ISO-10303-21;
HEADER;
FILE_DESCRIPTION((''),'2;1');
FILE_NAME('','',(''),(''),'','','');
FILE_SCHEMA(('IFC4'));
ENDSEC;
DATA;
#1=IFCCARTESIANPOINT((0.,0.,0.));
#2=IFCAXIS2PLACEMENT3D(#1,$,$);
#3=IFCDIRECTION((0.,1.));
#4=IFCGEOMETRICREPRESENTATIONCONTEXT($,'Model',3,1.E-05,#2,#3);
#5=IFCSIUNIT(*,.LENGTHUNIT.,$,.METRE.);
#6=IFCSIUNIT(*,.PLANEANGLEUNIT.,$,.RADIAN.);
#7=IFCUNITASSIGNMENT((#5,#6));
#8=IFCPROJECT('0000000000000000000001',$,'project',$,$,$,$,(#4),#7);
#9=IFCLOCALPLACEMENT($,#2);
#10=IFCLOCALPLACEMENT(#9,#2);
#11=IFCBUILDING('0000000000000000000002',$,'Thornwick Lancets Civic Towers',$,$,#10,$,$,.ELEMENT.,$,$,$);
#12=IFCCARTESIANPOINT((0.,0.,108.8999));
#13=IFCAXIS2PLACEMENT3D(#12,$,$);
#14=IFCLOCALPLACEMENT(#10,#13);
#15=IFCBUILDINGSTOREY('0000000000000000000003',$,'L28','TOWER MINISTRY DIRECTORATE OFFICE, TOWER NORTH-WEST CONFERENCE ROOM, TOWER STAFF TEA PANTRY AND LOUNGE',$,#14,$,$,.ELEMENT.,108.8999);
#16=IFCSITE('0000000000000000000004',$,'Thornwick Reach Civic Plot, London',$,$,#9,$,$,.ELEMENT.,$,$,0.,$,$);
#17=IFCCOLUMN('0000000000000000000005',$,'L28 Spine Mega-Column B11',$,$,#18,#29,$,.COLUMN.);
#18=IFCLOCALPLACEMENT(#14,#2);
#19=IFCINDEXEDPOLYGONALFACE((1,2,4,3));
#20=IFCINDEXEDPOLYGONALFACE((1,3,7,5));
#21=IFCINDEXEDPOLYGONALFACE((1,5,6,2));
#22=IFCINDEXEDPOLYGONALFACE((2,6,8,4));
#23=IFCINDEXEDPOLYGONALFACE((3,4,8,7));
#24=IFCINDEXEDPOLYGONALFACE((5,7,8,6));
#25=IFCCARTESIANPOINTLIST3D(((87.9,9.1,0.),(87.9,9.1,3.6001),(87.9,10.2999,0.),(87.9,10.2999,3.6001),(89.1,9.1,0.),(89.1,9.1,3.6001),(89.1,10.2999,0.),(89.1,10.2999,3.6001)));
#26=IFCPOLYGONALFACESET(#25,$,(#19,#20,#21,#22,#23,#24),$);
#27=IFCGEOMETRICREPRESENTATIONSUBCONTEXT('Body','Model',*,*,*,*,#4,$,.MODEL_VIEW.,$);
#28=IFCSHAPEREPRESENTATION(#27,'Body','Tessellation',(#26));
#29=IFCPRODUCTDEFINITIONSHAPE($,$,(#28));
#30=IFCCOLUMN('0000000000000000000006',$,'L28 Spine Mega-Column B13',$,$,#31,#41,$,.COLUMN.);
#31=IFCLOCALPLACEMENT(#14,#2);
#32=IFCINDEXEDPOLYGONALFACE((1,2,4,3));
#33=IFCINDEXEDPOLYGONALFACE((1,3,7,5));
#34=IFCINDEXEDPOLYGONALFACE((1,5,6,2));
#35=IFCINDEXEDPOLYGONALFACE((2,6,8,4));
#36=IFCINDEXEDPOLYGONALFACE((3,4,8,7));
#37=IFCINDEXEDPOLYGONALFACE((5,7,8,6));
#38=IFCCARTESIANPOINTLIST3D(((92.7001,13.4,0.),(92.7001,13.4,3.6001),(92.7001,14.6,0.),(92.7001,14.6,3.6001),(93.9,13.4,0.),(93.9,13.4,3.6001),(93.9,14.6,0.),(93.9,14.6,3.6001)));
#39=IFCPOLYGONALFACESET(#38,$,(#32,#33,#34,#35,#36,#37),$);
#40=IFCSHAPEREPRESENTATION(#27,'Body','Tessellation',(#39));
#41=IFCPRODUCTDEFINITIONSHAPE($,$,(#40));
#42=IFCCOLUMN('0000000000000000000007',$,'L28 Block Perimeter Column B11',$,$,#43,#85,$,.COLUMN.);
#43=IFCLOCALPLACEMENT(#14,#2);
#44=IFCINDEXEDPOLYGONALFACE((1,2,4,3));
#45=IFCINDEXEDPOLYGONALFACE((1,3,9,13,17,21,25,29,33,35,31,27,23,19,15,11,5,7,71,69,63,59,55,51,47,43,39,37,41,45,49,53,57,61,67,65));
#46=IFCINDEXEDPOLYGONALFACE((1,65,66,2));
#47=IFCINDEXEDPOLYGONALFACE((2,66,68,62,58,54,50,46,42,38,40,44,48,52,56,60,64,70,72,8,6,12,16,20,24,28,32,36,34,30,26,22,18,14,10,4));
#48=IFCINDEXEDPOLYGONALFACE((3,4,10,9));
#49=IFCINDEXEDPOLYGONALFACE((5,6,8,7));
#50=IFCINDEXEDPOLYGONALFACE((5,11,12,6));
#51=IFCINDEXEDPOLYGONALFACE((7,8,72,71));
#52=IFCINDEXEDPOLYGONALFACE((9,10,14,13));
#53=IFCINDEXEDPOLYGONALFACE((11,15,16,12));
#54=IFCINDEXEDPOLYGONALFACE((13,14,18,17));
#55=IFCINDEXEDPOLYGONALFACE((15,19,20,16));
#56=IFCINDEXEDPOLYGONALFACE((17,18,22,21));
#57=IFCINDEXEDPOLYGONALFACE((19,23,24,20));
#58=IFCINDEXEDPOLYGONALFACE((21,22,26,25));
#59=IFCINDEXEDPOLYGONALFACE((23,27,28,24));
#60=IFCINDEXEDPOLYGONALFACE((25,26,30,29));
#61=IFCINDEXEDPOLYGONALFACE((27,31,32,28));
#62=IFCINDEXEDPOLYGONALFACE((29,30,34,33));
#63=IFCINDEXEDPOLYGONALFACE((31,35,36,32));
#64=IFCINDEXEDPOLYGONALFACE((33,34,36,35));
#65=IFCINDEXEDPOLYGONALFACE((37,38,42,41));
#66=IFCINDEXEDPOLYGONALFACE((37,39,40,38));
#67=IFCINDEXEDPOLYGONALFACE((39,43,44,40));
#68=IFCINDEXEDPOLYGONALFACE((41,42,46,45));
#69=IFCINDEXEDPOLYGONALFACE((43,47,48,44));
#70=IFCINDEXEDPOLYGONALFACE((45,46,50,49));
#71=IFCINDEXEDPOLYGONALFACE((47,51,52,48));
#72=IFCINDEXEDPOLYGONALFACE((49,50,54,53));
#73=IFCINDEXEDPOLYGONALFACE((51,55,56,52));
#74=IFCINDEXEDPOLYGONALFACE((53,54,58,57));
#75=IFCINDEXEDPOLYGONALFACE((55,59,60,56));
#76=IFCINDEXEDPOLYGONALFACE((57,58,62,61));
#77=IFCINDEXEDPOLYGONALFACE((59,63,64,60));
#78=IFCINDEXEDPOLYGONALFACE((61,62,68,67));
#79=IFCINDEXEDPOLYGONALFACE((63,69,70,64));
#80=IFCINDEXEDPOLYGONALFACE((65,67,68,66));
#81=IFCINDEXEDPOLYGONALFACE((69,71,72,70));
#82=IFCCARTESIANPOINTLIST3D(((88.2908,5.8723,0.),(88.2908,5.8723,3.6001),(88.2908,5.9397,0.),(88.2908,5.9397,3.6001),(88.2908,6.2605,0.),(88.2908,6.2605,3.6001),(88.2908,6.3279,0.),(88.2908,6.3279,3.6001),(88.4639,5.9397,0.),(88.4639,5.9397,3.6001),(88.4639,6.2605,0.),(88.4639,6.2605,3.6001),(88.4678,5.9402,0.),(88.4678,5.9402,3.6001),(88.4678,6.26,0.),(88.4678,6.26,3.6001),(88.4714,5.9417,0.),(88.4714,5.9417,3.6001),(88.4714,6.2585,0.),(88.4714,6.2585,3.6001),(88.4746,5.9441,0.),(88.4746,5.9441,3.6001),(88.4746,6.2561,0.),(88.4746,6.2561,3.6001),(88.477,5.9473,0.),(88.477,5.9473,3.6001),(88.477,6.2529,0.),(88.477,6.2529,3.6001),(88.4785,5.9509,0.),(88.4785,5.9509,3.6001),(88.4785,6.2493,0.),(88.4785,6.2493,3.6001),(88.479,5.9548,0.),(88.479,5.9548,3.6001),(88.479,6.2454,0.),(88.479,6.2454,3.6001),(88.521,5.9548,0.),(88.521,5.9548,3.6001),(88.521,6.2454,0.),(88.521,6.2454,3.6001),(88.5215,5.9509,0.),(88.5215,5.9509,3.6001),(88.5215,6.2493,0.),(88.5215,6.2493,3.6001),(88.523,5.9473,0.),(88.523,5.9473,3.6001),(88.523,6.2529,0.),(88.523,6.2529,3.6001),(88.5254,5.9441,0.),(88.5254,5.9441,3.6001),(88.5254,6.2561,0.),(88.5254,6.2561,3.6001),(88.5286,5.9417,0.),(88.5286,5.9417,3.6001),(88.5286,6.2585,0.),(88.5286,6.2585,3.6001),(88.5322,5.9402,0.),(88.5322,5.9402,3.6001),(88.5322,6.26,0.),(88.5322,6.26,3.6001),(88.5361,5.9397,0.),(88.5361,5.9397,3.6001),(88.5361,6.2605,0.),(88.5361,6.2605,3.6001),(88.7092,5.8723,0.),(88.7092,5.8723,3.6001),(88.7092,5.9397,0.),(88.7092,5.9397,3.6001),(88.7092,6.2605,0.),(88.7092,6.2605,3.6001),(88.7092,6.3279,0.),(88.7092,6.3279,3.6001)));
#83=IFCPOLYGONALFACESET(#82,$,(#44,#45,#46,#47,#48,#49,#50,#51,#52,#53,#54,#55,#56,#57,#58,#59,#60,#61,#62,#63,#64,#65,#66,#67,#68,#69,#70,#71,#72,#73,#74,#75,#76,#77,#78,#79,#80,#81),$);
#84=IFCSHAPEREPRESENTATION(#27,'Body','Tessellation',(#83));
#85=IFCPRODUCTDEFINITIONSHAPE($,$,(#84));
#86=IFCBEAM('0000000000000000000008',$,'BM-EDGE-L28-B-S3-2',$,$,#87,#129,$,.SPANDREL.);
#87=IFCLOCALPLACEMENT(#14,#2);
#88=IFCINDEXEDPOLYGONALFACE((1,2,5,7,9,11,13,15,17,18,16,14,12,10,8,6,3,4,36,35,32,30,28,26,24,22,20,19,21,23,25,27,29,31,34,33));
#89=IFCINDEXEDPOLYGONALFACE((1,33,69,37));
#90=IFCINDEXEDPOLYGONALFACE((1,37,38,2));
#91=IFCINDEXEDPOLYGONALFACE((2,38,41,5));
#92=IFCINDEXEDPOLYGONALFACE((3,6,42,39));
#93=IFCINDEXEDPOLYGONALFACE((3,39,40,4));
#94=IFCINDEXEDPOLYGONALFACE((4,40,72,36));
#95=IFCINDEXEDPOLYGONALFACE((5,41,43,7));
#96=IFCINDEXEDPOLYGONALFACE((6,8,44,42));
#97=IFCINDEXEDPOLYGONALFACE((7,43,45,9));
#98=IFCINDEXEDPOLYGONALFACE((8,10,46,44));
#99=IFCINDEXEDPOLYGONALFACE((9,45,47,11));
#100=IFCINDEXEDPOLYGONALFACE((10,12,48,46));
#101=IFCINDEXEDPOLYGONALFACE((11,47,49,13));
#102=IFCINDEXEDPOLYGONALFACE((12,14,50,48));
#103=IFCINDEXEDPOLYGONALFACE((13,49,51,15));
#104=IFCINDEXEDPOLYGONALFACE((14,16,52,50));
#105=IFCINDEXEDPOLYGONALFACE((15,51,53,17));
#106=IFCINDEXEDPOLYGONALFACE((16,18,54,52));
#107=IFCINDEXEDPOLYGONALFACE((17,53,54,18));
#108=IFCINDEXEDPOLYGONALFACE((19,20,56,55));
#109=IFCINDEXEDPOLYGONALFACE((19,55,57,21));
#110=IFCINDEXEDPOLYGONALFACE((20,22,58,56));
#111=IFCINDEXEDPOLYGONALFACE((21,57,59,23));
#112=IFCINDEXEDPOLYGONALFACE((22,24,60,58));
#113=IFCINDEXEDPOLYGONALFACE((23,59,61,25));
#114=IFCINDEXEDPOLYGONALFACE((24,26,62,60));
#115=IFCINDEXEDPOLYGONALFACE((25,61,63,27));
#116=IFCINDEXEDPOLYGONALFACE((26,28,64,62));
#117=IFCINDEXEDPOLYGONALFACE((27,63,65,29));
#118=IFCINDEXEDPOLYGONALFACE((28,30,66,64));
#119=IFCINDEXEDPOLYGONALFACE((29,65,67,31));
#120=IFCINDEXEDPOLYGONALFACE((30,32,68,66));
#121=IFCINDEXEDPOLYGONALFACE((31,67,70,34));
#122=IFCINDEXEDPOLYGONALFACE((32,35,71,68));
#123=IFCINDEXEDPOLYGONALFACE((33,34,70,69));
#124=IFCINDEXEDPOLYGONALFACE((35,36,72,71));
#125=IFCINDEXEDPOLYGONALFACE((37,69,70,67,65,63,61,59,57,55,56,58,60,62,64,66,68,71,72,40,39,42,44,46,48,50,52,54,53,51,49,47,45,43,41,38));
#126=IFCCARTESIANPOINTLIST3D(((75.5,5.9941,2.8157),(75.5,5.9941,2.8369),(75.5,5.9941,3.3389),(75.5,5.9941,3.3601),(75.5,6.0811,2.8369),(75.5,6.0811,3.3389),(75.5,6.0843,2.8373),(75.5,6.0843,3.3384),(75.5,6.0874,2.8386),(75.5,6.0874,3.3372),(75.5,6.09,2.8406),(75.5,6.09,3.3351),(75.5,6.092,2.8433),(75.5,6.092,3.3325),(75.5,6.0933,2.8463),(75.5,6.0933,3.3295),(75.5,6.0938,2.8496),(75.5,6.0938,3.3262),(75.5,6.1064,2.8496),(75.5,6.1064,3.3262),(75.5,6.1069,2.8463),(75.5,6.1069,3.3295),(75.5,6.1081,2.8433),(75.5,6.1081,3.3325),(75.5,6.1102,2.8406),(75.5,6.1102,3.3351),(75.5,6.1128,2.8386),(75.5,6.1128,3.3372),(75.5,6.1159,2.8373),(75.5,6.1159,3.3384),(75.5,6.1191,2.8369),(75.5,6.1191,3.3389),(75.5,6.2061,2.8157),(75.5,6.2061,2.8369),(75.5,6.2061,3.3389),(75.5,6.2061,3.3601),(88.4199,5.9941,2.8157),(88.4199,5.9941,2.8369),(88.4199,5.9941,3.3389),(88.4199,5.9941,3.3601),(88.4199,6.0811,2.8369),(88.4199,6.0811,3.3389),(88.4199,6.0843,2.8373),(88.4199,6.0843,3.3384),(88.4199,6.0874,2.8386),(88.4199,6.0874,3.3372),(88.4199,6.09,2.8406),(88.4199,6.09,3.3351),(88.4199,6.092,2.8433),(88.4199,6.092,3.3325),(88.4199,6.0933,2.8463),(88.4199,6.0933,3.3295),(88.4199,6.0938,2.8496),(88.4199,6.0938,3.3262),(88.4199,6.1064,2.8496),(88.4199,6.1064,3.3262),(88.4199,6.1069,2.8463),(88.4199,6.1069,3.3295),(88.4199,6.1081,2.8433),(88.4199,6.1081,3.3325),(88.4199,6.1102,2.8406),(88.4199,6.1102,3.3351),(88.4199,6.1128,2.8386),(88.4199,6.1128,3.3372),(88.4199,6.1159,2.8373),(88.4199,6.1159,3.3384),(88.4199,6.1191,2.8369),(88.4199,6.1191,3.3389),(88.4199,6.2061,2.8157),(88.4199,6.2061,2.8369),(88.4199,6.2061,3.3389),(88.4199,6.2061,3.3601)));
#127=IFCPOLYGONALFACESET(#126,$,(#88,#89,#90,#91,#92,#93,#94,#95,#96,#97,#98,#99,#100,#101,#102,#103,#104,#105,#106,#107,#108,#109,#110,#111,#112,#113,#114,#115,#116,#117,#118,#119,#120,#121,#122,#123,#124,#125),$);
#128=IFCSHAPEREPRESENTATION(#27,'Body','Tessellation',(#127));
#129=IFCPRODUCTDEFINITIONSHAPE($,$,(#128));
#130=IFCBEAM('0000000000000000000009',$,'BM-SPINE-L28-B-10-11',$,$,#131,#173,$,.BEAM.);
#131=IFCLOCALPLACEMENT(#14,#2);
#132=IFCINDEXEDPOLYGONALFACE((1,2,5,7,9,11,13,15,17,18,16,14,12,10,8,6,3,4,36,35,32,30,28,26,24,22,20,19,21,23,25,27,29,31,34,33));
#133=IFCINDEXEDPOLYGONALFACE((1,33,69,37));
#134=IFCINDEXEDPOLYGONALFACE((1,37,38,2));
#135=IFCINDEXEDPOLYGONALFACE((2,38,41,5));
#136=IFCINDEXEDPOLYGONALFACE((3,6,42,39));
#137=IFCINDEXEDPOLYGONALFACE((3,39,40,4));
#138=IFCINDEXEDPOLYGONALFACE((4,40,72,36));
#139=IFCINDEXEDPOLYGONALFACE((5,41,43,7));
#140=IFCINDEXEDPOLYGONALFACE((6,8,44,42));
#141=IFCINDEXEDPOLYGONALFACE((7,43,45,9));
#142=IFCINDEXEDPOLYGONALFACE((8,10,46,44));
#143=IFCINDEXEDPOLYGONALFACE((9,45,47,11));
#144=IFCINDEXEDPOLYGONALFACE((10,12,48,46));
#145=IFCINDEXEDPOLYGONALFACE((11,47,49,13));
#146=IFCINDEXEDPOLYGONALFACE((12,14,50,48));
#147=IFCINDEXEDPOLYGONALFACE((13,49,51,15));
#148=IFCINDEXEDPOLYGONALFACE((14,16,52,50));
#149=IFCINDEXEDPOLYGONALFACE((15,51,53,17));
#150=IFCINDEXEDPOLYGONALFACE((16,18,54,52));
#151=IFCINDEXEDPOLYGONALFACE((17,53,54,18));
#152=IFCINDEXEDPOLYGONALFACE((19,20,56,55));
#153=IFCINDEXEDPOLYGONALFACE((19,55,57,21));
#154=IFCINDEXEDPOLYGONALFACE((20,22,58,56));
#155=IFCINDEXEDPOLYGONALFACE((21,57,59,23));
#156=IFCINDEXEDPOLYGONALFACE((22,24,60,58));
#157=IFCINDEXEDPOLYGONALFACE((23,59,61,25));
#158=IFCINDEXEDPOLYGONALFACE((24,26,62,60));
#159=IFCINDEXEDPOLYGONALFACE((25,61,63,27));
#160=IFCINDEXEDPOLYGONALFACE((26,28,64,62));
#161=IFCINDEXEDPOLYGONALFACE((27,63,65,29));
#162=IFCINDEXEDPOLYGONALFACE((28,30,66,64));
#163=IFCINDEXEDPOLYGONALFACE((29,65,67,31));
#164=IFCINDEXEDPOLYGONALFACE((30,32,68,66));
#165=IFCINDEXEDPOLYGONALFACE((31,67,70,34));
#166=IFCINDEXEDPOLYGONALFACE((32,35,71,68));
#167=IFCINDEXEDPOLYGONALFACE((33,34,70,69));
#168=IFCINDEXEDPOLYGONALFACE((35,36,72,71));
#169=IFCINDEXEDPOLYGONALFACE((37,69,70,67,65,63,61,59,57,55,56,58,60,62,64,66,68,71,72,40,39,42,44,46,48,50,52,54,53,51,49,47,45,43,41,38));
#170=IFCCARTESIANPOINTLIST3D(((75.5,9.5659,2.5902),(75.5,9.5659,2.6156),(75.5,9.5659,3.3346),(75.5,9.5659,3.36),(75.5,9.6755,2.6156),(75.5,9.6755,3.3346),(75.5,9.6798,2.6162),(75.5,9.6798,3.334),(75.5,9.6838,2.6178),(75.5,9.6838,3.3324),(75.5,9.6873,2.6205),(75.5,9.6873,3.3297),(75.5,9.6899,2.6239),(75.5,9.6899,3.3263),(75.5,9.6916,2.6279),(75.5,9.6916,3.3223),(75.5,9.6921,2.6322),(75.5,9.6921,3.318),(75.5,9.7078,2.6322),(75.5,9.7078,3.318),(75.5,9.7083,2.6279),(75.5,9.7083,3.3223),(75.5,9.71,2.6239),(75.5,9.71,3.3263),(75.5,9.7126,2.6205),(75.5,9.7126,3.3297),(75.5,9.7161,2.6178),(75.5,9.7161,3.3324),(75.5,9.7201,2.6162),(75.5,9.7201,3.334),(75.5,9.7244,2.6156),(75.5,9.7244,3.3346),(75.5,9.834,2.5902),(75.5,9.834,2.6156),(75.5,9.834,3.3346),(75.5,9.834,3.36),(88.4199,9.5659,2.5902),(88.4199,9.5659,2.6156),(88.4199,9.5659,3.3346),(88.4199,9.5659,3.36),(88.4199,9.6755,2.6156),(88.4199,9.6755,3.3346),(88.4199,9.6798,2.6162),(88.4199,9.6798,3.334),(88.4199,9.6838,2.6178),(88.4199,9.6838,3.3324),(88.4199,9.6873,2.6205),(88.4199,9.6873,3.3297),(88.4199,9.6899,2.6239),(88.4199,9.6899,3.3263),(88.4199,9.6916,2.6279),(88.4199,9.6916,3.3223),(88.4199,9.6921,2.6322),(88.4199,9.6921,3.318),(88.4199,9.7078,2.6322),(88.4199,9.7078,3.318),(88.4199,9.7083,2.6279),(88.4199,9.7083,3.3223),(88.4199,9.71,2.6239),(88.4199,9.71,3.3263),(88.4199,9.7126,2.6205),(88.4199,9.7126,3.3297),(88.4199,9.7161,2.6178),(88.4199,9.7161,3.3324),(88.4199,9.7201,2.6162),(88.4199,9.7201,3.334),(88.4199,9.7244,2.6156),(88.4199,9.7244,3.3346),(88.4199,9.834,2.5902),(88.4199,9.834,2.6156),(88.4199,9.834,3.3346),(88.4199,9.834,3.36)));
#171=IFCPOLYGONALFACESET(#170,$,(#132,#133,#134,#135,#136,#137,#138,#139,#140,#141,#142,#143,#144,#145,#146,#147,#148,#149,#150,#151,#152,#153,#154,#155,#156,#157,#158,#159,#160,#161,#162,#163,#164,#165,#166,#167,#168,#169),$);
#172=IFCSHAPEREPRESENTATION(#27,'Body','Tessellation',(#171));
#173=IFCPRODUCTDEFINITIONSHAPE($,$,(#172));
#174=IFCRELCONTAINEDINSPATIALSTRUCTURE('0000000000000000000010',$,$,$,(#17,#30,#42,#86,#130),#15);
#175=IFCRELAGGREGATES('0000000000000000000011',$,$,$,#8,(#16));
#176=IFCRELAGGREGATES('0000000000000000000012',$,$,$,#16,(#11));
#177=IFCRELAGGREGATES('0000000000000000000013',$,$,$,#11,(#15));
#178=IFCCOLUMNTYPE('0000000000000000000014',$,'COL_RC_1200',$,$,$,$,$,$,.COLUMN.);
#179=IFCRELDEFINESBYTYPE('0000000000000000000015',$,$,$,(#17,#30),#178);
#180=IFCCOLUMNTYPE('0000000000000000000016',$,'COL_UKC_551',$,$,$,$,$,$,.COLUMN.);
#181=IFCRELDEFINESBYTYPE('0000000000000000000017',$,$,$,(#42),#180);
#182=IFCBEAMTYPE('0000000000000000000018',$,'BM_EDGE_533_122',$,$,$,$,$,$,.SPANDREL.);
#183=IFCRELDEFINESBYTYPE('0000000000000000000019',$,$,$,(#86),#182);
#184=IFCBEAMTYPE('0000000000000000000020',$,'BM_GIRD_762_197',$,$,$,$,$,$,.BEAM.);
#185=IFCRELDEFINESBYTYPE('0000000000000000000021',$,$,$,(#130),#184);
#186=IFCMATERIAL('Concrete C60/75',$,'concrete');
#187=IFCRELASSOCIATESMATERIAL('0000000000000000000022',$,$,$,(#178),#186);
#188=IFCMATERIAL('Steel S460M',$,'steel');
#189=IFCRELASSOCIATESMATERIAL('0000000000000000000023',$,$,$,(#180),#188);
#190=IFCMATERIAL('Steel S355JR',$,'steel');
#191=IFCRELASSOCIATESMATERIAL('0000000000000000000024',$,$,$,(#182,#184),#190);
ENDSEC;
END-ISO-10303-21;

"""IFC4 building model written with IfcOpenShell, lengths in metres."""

from ifc_helpers import new_model, si_unit, direction, frame, origin, origin_2d, place, context, subcontext, project, spatial, rectangle, i_section, extrude, material, material_profile, profile_set, type_object, element, save


model = new_model("IFC4")

# Units and contexts
model_context = context("Model", 3, precision=1e-05, world=origin(), true_north=direction((0.0, 1.0)))
body_context = subcontext(model_context, "Body", "Model", "MODEL_VIEW")
ifc_project = project(units=[si_unit("LENGTHUNIT", "METRE"), si_unit("PLANEANGLEUNIT", "RADIAN")], contexts=[model_context])

# Site, building, storey
site_placement = place(None, origin())
site = spatial("IfcSite", under=ifc_project, at=site_placement, Name="Thornwick Reach Civic Plot, London", CompositionType="ELEMENT", RefElevation=0.0)
building_placement = place(site_placement, origin())
building = spatial("IfcBuilding", under=site, at=building_placement, Name="Thornwick Lancets Civic Towers", CompositionType="ELEMENT")
storey_placement = place(building_placement, frame((0.0, 0.0, 108.8999)))
storey = spatial("IfcBuildingStorey", under=building, at=storey_placement, Name="L28", Description="TOWER MINISTRY DIRECTORATE OFFICE, TOWER NORTH-WEST CONFERENCE ROOM, TOWER STAFF TEA PANTRY AND LOUNGE", CompositionType="ELEMENT", Elevation=108.8999)

# Columns
ifc_material_1 = material(Name="Concrete C60/75", Category="concrete")
ifc_material_profile_1 = material_profile(ifc_material_1, rectangle(XDim=1.2, YDim=1.2, at=origin_2d()), Name="RC 1200x1200")
ifc_profile_set_1 = profile_set([ifc_material_profile_1], Name="Concrete C60/75")
column_type_1 = type_object("IfcColumnType", Name="COL_RC_1200", PredefinedType="COLUMN", material=ifc_profile_set_1)
for number, where, z_axis, x_axis, name in (
    (1, (88.5, 9.7, 0.0), (0.0, 0.0, 1.0), (1.0, 0.0, 0.0), "L28 Spine Mega-Column B11"),
    (2, (93.3, 14.0, 0.0), (0.0, 0.0, 1.0), (1.0, 0.0, 0.0), "L28 Spine Mega-Column B13"),
):
    element("IfcColumn", number, at=place(storey_placement, frame(where, z_axis=z_axis, x_axis=x_axis)), inside=storey, type_object=column_type_1, Name=name, PredefinedType="COLUMN", context=body_context, shape_type="SweptSolid", body=[
        extrude(rectangle(XDim=1.2, YDim=1.2, at=origin_2d()), origin(), (0.0, 0.0, 1.0), 3.6001),
    ])
ifc_material_2 = material(Name="Steel S460M", Category="steel")
ifc_material_profile_2 = material_profile(ifc_material_2, i_section(OverallWidth=0.4185, OverallDepth=0.4556, WebThickness=0.042, FlangeThickness=0.0674, FilletRadius=0.0151, at=origin_2d()), Name="UKC 356x406x551")
ifc_profile_set_2 = profile_set([ifc_material_profile_2], Name="Steel S460M")
column_type_2 = type_object("IfcColumnType", Name="COL_UKC_551", PredefinedType="COLUMN", material=ifc_profile_set_2)
column_placement = place(storey_placement, frame((88.5, 6.1001, 0.0), z_axis=(0.0, 0.0, 1.0), x_axis=(1.0, 0.0, 0.0)))
element("IfcColumn", 3, at=column_placement, inside=storey, type_object=column_type_2, Name="L28 Block Perimeter Column B11", PredefinedType="COLUMN", context=body_context, shape_type="SweptSolid", body=[
    extrude(i_section(OverallWidth=0.4185, OverallDepth=0.4556, WebThickness=0.042, FlangeThickness=0.0674, FilletRadius=0.0151, at=origin_2d()), origin(), (0.0, 0.0, 1.0), 3.6001),
])

# Beams
ifc_material_3 = material(Name="Steel S355JR", Category="steel")
ifc_material_profile_3 = material_profile(ifc_material_3, i_section(OverallWidth=0.2119, OverallDepth=0.5444, WebThickness=0.0127, FlangeThickness=0.0212, FilletRadius=0.0127, at=origin_2d()), Name="UKB 533x210x122")
ifc_profile_set_3 = profile_set([ifc_material_profile_3], Name="Steel S355JR")
beam_type_1 = type_object("IfcBeamType", Name="BM_EDGE_533_122", PredefinedType="SPANDREL", material=ifc_profile_set_3)
beam_1_placement = place(storey_placement, frame((88.4199, 6.1001, 3.0879), z_axis=(-1.0, 0.0, 0.0), x_axis=(0.0, -1.0, 0.0)))
element("IfcBeam", 4, at=beam_1_placement, inside=storey, type_object=beam_type_1, Name="BM-EDGE-L28-B-S3-2", PredefinedType="SPANDREL", context=body_context, shape_type="SweptSolid", body=[
    extrude(i_section(OverallWidth=0.2119, OverallDepth=0.5444, WebThickness=0.0127, FlangeThickness=0.0212, FilletRadius=0.0127, at=origin_2d()), origin(), (0.0, 0.0, 1.0), 12.9199),
])
ifc_material_profile_4 = material_profile(ifc_material_3, i_section(OverallWidth=0.2681, OverallDepth=0.7698, WebThickness=0.0156, FlangeThickness=0.0254, FilletRadius=0.0166, at=origin_2d()), Name="UKB 762x267x197")
ifc_profile_set_4 = profile_set([ifc_material_profile_4], Name="Steel S355JR")
beam_type_2 = type_object("IfcBeamType", Name="BM_GIRD_762_197", PredefinedType="BEAM", material=ifc_profile_set_4)
beam_2_placement = place(storey_placement, frame((88.4199, 9.7, 2.9751), z_axis=(-1.0, 0.0, 0.0), x_axis=(0.0, -1.0, 0.0)))
element("IfcBeam", 5, at=beam_2_placement, inside=storey, type_object=beam_type_2, Name="BM-SPINE-L28-B-10-11", PredefinedType="BEAM", context=body_context, shape_type="SweptSolid", body=[
    extrude(i_section(OverallWidth=0.2681, OverallDepth=0.7698, WebThickness=0.0156, FlangeThickness=0.0254, FilletRadius=0.0166, at=origin_2d()), origin(), (0.0, 0.0, 1.0), 12.9199),
])

save(model, "model.ifc")
